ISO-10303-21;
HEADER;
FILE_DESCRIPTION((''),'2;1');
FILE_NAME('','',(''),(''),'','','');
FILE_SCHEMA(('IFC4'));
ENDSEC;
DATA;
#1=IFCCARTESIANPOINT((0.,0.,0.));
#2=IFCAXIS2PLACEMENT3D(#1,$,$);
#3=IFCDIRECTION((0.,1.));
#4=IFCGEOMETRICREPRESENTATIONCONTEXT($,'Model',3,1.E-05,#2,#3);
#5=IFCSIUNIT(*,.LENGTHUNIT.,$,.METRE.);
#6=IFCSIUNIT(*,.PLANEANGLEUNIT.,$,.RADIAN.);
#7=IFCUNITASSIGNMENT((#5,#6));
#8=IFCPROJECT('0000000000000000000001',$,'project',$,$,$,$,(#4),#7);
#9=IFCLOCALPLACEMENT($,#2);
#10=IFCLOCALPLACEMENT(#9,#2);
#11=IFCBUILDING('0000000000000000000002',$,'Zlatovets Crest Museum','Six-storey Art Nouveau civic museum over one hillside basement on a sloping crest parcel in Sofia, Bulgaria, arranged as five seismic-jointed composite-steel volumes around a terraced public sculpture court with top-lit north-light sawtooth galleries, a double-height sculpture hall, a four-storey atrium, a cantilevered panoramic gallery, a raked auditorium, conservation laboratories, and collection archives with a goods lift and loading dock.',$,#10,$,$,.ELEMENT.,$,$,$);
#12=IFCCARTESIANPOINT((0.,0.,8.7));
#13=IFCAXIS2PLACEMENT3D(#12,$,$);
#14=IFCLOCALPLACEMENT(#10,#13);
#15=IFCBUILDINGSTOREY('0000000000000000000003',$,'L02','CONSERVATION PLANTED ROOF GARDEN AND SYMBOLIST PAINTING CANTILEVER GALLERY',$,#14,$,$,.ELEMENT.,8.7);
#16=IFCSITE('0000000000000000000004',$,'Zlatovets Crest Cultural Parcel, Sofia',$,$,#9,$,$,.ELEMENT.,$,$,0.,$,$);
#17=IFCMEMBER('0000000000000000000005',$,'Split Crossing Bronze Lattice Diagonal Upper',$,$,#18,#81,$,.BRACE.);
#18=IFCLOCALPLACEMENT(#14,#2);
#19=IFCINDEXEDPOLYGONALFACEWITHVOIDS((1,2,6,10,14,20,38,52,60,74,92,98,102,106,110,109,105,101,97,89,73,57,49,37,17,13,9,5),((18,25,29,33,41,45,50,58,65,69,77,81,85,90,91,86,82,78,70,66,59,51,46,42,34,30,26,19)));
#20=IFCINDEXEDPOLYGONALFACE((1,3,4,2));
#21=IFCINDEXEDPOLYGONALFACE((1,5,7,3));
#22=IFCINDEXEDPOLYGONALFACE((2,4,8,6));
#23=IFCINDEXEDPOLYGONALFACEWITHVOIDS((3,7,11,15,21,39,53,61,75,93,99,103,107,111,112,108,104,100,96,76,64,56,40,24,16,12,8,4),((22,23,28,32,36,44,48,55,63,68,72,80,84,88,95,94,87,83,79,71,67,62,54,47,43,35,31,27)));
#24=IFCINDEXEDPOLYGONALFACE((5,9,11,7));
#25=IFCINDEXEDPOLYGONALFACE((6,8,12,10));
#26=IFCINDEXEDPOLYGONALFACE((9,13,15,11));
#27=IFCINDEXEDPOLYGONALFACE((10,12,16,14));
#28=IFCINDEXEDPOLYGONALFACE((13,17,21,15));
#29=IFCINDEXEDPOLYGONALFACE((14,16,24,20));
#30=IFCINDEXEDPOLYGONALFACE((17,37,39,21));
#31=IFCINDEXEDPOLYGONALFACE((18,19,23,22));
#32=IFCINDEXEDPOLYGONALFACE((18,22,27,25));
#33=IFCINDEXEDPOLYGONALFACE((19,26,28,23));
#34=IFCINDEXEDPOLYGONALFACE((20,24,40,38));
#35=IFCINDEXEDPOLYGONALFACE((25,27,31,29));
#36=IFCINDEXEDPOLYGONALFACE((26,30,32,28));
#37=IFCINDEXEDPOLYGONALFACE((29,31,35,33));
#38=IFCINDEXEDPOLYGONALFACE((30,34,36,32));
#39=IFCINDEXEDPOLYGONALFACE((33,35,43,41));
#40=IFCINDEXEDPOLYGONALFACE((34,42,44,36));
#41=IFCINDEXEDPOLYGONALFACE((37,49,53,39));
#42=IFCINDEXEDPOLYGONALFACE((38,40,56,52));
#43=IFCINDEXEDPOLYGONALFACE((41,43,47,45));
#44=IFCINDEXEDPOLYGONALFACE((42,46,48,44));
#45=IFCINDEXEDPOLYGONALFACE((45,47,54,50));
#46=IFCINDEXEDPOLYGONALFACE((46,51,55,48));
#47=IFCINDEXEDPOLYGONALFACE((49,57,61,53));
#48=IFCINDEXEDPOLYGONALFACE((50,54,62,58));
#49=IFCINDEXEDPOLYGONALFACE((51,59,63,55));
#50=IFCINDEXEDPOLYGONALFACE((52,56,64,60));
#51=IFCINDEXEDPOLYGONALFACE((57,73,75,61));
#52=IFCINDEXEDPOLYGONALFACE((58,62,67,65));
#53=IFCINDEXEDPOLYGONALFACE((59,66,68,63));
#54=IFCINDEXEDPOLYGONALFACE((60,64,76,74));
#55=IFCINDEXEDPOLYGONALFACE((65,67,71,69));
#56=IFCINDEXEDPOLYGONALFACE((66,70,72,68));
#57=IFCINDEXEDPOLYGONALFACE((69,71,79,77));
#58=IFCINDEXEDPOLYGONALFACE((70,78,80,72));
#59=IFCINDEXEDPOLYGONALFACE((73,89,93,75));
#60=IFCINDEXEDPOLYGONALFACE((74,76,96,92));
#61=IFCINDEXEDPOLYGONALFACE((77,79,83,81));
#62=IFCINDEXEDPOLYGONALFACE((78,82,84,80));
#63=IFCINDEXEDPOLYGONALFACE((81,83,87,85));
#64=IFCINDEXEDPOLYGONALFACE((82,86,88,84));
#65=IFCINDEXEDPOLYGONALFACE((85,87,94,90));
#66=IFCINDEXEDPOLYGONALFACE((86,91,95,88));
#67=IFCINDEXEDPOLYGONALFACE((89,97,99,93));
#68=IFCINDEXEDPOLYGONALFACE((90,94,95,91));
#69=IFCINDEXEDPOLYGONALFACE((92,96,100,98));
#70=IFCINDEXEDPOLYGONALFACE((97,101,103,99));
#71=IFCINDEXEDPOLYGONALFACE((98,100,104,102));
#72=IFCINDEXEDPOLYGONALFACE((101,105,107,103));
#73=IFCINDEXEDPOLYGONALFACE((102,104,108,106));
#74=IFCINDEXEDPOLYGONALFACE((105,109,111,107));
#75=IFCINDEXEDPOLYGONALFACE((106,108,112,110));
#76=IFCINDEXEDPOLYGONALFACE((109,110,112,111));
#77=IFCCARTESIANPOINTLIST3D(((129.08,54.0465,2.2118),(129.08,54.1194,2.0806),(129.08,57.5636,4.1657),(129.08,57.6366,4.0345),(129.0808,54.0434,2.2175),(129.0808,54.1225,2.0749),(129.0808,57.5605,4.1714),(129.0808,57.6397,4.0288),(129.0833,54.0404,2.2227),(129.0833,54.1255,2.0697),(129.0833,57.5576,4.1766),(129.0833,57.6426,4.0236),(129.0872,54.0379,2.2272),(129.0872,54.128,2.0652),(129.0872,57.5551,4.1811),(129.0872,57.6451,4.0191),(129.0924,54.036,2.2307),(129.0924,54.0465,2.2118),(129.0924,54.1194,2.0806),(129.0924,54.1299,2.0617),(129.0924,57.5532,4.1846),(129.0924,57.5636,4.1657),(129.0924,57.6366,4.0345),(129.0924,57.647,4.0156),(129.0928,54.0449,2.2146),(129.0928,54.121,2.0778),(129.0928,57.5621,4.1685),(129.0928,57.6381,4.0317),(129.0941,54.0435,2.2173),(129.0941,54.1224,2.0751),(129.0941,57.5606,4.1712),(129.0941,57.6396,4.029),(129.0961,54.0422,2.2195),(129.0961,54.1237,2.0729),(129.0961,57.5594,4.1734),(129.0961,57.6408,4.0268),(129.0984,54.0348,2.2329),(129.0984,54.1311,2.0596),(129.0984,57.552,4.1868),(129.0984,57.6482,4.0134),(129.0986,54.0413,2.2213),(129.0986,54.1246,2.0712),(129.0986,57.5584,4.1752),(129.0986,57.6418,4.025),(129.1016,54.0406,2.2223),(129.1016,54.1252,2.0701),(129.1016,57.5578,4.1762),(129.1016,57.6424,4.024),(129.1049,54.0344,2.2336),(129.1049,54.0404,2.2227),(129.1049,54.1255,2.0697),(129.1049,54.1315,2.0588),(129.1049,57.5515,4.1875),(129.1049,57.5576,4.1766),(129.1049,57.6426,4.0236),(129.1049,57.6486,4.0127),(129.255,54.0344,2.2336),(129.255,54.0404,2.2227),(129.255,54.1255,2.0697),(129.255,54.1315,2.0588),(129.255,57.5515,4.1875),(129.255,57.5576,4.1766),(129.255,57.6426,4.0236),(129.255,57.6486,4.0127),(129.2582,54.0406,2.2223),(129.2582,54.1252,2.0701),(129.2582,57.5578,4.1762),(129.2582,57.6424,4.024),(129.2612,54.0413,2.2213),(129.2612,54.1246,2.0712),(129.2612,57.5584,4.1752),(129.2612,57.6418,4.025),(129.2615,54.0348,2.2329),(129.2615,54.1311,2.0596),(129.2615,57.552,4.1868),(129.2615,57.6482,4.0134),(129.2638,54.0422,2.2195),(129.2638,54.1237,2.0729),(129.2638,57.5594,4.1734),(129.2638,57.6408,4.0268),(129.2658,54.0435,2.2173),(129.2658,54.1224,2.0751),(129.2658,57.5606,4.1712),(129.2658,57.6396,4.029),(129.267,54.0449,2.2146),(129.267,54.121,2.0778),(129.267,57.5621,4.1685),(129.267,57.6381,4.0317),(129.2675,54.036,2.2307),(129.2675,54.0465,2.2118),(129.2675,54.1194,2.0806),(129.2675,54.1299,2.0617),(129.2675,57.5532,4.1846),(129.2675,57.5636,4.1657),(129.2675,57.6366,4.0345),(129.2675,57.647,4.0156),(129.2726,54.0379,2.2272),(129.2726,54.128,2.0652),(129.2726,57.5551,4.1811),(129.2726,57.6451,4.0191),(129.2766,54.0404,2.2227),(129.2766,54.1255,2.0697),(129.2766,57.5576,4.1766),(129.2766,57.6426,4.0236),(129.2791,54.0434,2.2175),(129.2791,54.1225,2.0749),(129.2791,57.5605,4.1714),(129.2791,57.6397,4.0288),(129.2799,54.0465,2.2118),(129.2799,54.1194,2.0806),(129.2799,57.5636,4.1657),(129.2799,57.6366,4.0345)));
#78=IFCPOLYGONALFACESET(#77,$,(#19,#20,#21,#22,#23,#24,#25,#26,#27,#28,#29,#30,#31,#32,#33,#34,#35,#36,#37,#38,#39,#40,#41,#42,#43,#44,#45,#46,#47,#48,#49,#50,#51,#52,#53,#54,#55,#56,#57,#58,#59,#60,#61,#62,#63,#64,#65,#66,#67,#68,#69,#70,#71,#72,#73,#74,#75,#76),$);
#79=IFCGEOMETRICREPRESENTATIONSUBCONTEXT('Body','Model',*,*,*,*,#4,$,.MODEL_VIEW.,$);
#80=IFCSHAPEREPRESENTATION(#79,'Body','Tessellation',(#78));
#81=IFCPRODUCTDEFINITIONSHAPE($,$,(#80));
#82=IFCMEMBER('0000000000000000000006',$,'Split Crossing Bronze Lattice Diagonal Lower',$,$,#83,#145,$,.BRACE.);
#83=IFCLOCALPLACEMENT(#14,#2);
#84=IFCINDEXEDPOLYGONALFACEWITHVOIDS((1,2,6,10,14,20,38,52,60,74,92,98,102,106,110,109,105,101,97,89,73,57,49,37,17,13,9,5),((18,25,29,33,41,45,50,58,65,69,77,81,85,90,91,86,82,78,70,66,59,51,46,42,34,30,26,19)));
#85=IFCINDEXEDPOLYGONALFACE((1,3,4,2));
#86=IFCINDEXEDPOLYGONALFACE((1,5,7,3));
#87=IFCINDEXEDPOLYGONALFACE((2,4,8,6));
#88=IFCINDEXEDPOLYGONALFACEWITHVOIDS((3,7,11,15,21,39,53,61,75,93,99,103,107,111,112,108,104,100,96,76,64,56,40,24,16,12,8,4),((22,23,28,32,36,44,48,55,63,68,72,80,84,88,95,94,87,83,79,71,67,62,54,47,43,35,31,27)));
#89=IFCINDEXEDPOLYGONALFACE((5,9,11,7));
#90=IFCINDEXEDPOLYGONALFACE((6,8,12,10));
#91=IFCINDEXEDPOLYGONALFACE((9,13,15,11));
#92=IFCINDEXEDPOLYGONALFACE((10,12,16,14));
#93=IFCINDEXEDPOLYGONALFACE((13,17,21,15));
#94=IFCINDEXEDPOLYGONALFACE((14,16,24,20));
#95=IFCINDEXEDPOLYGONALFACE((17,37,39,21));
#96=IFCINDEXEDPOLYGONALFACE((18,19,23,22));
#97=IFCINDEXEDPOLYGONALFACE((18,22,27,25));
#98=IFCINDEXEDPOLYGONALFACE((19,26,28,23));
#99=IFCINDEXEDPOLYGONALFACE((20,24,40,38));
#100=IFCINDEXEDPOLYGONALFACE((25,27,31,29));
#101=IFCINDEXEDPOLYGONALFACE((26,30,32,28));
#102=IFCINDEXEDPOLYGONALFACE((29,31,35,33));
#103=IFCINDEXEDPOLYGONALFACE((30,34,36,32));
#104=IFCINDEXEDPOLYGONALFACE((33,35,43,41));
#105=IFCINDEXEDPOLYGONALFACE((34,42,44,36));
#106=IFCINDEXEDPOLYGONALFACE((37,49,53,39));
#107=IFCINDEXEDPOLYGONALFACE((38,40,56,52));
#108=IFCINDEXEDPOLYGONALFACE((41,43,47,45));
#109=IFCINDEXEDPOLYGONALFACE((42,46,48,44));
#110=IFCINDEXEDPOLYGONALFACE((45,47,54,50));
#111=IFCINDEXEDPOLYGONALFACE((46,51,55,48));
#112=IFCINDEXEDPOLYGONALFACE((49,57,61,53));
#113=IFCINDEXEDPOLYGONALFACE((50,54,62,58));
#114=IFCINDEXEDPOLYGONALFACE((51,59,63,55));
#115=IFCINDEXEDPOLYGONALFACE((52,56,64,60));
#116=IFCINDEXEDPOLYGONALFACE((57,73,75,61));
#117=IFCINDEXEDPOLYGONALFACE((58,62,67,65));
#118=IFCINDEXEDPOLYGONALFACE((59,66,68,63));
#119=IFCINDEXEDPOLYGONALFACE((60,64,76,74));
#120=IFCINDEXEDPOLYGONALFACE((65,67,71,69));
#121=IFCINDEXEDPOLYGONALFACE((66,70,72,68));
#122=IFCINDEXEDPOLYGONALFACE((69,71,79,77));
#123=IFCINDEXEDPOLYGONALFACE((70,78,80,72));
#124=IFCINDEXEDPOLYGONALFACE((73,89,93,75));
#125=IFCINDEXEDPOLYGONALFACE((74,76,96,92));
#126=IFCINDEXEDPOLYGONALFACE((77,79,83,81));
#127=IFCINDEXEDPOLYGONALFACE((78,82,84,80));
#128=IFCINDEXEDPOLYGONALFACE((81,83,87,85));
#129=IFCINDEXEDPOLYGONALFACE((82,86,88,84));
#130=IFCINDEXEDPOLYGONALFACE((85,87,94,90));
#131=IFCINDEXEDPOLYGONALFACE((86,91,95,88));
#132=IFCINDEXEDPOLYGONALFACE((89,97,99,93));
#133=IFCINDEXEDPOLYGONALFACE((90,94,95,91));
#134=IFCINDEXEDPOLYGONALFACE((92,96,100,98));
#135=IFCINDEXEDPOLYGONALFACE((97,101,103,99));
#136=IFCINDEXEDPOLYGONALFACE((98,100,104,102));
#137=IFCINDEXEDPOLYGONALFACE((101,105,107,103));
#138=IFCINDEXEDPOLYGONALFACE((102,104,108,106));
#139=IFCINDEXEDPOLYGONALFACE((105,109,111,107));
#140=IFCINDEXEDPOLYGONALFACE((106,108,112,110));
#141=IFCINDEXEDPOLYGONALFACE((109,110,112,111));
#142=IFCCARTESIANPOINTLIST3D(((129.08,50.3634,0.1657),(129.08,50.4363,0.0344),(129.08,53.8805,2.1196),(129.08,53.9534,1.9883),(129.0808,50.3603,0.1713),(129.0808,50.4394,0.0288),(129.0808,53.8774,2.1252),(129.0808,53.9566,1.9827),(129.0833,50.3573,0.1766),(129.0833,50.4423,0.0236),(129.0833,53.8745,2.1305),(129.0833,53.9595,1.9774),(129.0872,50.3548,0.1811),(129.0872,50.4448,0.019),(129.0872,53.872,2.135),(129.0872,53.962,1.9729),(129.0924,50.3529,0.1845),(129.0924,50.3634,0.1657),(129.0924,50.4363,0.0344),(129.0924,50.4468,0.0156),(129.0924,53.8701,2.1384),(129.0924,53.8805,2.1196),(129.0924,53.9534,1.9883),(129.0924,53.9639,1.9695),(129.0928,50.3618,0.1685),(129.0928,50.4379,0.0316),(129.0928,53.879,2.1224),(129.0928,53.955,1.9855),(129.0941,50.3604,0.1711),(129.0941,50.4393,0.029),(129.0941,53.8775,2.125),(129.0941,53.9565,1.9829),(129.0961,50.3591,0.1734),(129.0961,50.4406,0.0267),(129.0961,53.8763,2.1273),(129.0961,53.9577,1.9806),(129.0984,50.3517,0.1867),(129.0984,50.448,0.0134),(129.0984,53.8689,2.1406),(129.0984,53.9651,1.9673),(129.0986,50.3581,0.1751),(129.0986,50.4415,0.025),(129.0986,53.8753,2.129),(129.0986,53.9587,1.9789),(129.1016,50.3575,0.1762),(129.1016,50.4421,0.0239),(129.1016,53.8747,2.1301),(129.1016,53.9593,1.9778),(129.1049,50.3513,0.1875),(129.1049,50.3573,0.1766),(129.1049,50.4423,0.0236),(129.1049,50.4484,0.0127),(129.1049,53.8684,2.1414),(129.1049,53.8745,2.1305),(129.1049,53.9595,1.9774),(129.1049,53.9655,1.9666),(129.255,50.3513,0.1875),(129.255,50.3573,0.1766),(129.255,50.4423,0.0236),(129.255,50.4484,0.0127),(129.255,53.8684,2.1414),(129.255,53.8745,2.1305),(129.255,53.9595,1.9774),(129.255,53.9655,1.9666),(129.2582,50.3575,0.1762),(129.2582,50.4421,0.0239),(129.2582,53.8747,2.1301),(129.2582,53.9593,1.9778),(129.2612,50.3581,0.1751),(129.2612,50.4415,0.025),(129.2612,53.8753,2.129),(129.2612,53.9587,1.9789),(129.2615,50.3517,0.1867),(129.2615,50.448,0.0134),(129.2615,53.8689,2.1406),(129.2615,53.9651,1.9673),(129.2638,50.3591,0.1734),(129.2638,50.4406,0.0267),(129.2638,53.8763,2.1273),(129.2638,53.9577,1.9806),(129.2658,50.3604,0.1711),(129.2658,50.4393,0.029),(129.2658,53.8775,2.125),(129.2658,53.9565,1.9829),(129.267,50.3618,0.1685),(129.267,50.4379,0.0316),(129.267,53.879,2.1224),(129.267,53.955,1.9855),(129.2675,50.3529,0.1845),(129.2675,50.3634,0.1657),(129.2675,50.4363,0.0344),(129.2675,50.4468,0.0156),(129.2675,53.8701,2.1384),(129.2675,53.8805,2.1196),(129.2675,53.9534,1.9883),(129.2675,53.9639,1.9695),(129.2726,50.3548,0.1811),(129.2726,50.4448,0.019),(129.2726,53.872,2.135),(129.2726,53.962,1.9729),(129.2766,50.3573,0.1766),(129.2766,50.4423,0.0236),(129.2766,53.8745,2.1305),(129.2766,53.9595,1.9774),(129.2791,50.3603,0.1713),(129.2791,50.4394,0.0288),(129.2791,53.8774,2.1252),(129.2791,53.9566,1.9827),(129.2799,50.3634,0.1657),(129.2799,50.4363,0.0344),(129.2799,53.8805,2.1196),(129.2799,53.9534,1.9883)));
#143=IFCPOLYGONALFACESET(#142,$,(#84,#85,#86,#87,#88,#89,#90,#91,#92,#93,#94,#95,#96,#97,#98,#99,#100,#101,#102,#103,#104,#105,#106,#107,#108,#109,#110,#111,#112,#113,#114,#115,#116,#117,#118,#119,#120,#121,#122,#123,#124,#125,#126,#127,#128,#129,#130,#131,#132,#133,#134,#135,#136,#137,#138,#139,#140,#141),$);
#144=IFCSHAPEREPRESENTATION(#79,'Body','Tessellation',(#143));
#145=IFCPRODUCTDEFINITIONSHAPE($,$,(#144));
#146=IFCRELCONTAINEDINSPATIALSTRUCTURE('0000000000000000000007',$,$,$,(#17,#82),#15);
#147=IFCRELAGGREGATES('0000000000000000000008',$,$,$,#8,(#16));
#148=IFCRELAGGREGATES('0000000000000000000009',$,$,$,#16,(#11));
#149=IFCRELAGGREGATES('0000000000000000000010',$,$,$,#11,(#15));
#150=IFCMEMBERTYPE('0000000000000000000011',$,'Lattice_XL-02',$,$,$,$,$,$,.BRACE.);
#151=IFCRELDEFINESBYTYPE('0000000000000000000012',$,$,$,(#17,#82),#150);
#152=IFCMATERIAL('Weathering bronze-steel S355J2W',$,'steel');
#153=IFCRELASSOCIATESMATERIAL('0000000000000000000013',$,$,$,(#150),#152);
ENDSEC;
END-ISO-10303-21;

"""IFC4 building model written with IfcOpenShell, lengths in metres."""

from ifc_helpers import new_model, si_unit, direction, frame, origin, origin_2d, place, context, subcontext, project, spatial, hollow_rectangle, extrude, material, material_profile, profile_set, type_object, element, save


model = new_model("IFC4")

# Units and contexts
model_context = context("Model", 3, precision=1e-05, world=origin(), true_north=direction((0.0, 1.0)))
body_context = subcontext(model_context, "Body", "Model", "MODEL_VIEW")
ifc_project = project(units=[si_unit("LENGTHUNIT", "METRE"), si_unit("PLANEANGLEUNIT", "RADIAN")], contexts=[model_context])

# Site, building, storey
site_placement = place(None, origin())
site = spatial("IfcSite", under=ifc_project, at=site_placement, Name="Zlatovets Crest Cultural Parcel, Sofia", CompositionType="ELEMENT", RefElevation=0.0)
building_placement = place(site_placement, origin())
building = spatial("IfcBuilding", under=site, at=building_placement, Name="Zlatovets Crest Museum", Description="Six-storey Art Nouveau civic museum over one hillside basement on a sloping crest parcel in Sofia, Bulgaria, arranged as five seismic-jointed composite-steel volumes around a terraced public sculpture court with top-lit north-light sawtooth galleries, a double-height sculpture hall, a four-storey atrium, a cantilevered panoramic gallery, a raked auditorium, conservation laboratories, and collection archives with a goods lift and loading dock.", CompositionType="ELEMENT")
storey_placement = place(building_placement, frame((0.0, 0.0, 8.7)))
storey = spatial("IfcBuildingStorey", under=building, at=storey_placement, Name="L02", Description="CONSERVATION PLANTED ROOF GARDEN AND SYMBOLIST PAINTING CANTILEVER GALLERY", CompositionType="ELEMENT", Elevation=8.7)

# Members
ifc_material_1 = material(Name="Weathering bronze-steel S355J2W", Category="steel")
ifc_material_profile_1 = material_profile(ifc_material_1, hollow_rectangle(XDim=0.2, YDim=0.2, WallThickness=0.0125, InnerFilletRadius=0.0125, OuterFilletRadius=0.0249, at=origin_2d()), Name="SHS 200x200x12.5")
ifc_profile_set_1 = profile_set([ifc_material_profile_1], Name="Weathering bronze-steel S355J2W")
member_type_1 = type_object("IfcMemberType", Name="Lattice_XL-02", PredefinedType="BRACE", material=ifc_profile_set_1)
for number, where, z_axis, x_axis, name in (
    (1, (129.1799, 57.6001, 4.1001), (0.0, -0.874166, -0.485627), (1.0, 0.0, 0.0), "Split Crossing Bronze Lattice Diagonal Upper"),
    (2, (129.1799, 53.917, 2.054), (0.0, -0.874166, -0.485627), (1.0, 0.0, 0.0), "Split Crossing Bronze Lattice Diagonal Lower"),
):
    element("IfcMember", number, at=place(storey_placement, frame(where, z_axis=z_axis, x_axis=x_axis)), inside=storey, type_object=member_type_1, Name=name, PredefinedType="BRACE", context=body_context, shape_type="SweptSolid", body=[
        extrude(hollow_rectangle(XDim=0.2, YDim=0.2, WallThickness=0.0125, InnerFilletRadius=0.0125, OuterFilletRadius=0.0249, at=origin_2d()), origin(), (0.0, 0.0, 1.0), 4.0234),
    ])

save(model, "model.ifc")
